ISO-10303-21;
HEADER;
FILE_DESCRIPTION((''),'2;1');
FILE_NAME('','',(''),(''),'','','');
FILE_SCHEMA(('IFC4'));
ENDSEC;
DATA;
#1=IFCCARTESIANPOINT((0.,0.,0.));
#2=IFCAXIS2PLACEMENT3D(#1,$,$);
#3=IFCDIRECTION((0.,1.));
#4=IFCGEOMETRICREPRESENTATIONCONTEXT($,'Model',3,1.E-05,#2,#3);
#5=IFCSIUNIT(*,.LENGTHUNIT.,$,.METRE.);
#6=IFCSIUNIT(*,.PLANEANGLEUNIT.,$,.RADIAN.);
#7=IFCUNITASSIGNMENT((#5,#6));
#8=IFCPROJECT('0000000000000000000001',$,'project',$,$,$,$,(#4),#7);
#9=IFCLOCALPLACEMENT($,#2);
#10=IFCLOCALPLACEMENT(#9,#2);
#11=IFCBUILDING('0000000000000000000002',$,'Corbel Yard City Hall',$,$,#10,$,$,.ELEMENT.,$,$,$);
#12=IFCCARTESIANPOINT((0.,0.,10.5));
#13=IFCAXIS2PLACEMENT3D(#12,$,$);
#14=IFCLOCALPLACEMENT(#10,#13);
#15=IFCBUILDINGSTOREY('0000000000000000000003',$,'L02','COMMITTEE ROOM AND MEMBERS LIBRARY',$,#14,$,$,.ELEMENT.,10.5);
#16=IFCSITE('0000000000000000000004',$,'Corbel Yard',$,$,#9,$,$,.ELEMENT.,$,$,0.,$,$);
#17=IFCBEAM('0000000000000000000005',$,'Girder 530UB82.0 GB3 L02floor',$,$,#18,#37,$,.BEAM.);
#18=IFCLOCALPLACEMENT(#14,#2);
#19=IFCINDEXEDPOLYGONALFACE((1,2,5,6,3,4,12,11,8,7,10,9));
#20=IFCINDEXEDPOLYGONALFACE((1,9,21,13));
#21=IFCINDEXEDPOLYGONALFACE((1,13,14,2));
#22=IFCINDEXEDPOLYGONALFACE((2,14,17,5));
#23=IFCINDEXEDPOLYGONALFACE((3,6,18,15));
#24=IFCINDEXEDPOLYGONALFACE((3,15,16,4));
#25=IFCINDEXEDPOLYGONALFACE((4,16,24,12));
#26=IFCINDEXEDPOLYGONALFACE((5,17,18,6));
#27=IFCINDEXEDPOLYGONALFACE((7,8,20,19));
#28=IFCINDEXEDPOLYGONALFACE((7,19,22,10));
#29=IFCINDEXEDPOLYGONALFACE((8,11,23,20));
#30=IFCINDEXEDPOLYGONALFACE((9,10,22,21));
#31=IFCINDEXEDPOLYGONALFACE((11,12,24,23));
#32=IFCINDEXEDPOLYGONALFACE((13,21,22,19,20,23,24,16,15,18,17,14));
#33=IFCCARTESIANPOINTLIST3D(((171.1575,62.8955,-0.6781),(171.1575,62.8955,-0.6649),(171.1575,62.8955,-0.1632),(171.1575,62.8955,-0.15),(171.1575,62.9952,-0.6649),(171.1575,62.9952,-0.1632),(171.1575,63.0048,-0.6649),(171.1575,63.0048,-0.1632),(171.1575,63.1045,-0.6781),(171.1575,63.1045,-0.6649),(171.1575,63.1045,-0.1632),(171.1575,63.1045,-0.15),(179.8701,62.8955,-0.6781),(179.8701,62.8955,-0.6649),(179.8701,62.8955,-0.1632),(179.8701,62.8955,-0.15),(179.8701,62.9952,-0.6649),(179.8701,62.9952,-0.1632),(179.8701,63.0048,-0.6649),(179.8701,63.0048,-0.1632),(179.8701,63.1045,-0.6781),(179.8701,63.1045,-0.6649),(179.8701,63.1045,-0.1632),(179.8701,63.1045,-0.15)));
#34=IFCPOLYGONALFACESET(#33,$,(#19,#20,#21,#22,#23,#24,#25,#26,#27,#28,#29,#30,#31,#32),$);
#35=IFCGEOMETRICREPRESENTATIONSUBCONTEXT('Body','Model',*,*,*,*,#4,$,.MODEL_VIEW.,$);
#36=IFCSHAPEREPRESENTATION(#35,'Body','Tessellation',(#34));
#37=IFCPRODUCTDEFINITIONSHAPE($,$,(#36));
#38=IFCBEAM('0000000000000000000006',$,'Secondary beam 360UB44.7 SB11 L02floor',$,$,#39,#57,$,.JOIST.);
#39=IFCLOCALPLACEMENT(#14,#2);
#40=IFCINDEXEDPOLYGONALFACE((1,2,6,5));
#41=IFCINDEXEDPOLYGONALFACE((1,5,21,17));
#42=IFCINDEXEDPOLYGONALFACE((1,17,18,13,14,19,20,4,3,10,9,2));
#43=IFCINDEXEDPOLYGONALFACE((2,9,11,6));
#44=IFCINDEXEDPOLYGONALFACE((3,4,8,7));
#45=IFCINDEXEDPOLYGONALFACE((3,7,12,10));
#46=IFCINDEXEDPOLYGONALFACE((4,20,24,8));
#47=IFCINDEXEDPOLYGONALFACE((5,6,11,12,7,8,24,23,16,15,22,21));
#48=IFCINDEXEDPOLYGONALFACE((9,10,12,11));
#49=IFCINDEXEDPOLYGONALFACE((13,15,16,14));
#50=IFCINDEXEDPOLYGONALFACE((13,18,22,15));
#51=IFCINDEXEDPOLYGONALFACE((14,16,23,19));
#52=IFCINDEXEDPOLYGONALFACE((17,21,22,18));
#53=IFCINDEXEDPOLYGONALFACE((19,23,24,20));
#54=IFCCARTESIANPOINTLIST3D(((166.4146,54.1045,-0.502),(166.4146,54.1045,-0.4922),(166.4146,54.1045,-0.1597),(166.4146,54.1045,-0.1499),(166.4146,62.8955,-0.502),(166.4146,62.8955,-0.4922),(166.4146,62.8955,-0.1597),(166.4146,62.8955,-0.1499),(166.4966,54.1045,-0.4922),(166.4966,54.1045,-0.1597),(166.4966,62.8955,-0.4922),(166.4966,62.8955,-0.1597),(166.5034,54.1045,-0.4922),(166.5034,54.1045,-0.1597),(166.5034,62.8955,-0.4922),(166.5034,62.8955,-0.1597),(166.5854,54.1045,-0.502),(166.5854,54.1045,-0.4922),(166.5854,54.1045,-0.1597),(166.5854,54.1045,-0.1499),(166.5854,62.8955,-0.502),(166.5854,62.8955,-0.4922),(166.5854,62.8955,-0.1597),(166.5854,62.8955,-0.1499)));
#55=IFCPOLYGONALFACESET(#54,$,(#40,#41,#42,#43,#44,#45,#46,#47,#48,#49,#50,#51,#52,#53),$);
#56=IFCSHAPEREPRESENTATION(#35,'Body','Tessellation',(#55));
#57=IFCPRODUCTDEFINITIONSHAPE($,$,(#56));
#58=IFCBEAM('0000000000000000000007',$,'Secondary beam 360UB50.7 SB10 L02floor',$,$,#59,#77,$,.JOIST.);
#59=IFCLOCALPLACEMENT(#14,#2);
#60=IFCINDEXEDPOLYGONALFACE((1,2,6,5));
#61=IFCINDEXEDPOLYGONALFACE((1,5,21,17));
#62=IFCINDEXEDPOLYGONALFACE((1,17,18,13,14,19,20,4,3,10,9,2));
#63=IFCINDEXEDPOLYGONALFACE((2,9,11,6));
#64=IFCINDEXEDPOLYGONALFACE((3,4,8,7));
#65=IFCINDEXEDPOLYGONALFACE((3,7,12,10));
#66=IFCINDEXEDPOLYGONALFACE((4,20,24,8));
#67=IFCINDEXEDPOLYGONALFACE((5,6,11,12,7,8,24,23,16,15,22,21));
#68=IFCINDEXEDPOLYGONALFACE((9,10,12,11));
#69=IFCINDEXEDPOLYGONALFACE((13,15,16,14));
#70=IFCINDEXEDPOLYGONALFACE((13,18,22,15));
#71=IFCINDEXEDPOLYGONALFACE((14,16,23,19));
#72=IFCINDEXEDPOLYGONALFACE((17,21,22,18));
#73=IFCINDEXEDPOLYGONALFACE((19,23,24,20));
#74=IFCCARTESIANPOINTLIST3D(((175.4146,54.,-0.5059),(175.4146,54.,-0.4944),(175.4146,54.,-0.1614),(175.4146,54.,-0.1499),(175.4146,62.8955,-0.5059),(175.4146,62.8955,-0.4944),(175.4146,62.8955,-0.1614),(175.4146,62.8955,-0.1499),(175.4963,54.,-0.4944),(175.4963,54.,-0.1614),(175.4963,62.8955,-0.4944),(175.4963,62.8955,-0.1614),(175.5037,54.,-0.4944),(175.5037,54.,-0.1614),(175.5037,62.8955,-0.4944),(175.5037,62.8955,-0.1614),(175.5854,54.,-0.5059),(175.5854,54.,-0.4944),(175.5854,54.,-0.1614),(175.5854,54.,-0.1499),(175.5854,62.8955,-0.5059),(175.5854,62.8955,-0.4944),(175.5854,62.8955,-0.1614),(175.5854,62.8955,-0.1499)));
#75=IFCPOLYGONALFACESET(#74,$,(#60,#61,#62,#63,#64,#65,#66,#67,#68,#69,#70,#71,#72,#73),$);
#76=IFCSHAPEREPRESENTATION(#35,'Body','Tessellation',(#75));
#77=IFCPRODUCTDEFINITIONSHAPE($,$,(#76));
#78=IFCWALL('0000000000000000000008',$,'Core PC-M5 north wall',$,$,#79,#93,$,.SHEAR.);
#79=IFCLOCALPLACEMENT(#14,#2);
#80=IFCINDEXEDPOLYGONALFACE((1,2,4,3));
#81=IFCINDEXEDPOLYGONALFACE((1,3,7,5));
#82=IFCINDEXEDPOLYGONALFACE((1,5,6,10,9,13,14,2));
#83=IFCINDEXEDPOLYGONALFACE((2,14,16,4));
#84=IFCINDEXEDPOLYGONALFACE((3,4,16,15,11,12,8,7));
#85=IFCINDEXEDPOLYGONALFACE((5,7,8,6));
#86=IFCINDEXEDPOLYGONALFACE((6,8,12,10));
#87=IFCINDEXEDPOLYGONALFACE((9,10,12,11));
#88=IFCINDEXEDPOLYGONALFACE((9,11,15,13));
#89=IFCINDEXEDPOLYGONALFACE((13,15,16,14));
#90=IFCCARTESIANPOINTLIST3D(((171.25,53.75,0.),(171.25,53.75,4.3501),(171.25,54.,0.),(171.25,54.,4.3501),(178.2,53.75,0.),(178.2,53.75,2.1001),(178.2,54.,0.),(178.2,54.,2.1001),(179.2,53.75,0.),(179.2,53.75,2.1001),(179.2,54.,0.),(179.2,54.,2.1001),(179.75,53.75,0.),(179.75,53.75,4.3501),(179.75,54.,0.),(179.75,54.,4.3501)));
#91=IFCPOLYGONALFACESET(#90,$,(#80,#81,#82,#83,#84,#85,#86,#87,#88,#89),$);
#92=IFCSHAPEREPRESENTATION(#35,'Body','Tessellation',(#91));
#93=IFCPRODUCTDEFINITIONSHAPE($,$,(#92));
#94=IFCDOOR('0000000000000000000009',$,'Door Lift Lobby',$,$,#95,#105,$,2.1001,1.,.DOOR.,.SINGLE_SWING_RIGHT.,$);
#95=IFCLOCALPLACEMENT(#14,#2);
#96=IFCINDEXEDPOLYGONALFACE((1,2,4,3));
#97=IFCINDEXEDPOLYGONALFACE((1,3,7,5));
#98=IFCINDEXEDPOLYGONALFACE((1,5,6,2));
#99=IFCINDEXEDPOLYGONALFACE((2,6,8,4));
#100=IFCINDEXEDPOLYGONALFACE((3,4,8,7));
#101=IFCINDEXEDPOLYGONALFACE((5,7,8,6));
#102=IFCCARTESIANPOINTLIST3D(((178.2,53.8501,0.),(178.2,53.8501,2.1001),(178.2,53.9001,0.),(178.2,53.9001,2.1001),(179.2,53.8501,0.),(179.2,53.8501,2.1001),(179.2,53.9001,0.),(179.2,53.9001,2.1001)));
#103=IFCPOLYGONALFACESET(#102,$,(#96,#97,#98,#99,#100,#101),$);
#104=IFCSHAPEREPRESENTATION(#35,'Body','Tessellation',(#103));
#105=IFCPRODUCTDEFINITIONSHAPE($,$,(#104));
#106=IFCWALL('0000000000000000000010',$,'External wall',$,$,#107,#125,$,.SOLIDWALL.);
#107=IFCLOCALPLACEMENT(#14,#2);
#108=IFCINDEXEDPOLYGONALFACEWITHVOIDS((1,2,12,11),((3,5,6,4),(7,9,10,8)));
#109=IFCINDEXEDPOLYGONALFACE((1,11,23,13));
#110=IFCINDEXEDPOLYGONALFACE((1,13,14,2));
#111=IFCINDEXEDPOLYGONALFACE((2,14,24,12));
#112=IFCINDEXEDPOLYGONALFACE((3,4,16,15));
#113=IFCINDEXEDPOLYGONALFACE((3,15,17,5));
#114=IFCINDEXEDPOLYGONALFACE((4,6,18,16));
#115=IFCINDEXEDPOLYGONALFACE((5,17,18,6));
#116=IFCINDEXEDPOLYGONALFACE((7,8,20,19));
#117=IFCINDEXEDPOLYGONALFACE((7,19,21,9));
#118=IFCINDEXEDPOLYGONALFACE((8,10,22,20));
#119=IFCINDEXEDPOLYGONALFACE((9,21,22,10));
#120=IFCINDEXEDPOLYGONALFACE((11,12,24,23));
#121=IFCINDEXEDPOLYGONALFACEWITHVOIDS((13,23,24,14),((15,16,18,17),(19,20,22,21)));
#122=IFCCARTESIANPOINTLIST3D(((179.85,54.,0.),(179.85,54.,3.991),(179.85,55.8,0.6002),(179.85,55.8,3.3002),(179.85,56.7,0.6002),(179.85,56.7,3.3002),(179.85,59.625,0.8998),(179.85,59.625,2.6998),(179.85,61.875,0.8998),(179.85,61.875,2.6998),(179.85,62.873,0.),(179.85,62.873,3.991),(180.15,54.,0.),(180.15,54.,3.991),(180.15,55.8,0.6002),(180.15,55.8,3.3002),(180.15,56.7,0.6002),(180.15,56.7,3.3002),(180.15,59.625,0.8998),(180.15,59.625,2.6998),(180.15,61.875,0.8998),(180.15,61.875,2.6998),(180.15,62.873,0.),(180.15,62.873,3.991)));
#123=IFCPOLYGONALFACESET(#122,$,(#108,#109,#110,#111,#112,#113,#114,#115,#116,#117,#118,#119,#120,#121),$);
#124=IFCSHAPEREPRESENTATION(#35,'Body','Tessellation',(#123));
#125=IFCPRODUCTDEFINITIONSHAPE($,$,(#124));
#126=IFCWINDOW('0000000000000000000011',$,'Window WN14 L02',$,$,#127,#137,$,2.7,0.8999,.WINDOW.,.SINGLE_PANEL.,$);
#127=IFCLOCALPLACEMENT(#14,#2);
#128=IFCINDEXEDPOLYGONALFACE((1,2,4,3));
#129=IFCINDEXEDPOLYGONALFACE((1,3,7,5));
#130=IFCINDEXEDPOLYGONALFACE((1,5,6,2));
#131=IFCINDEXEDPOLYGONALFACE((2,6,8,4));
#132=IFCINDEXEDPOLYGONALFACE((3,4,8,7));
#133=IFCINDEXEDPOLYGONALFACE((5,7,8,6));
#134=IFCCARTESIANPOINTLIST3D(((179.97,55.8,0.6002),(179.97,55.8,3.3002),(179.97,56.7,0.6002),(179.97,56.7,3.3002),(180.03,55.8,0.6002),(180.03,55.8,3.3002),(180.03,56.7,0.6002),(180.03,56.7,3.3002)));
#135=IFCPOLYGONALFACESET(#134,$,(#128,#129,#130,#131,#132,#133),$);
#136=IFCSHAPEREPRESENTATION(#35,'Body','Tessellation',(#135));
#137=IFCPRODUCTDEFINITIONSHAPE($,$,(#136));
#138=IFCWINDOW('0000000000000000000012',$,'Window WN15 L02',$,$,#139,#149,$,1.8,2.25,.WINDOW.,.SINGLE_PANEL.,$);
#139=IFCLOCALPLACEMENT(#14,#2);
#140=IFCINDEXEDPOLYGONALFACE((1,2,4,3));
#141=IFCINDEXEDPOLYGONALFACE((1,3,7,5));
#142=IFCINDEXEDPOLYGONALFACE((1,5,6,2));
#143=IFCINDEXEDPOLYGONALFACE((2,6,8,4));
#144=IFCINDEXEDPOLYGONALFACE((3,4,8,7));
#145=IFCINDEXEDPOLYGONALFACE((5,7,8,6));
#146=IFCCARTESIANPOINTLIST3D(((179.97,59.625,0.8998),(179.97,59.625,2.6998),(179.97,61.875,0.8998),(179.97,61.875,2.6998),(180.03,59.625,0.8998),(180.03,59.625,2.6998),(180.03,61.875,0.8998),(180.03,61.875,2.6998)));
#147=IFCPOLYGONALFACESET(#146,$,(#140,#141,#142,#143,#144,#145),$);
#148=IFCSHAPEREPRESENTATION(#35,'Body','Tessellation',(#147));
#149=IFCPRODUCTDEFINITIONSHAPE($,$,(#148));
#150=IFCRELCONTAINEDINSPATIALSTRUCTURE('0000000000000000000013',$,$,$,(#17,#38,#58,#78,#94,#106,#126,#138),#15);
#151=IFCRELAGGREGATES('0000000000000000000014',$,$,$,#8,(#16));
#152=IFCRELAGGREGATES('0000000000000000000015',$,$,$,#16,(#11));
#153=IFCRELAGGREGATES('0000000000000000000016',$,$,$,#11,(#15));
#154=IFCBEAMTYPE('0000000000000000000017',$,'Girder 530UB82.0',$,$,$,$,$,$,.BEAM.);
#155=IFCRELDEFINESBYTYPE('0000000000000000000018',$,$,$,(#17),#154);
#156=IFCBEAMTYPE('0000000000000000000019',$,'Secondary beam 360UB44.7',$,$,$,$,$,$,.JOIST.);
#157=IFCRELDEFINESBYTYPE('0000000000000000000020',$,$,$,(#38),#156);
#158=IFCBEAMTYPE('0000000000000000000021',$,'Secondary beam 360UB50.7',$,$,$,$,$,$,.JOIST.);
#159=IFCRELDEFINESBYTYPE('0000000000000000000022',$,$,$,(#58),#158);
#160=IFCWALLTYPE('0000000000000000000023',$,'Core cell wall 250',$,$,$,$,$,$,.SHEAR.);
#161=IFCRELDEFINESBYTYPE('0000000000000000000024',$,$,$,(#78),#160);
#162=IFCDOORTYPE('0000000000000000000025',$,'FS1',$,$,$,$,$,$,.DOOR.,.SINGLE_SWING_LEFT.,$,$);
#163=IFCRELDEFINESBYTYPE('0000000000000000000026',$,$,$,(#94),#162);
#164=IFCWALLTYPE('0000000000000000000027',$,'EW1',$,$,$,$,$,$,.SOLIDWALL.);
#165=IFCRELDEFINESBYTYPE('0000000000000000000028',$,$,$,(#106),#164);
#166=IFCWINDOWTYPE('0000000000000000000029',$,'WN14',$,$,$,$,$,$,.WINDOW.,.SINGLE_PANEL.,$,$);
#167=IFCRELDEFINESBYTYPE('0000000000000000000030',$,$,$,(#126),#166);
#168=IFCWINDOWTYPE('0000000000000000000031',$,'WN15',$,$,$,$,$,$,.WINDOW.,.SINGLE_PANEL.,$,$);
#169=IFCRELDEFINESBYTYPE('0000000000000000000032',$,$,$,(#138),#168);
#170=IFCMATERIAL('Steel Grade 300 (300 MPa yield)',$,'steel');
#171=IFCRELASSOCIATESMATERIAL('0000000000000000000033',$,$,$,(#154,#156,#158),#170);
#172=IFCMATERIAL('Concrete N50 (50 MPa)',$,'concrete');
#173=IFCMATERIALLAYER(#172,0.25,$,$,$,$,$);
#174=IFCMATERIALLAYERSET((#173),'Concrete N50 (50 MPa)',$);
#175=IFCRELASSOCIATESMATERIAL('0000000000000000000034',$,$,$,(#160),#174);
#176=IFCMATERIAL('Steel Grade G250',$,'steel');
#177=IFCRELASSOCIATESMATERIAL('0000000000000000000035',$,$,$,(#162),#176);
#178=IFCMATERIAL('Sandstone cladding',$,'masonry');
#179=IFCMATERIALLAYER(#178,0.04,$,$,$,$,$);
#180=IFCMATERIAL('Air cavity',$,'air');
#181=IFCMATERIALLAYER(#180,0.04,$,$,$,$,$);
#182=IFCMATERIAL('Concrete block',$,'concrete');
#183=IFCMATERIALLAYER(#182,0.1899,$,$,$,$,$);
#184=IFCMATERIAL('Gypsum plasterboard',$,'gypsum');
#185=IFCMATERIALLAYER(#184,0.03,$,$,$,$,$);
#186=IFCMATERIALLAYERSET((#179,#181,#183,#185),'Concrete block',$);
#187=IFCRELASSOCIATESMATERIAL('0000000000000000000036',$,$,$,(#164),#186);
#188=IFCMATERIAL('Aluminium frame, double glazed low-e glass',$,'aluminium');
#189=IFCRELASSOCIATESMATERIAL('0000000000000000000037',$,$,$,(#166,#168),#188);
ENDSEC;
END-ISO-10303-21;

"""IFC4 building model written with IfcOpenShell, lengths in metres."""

from ifc_helpers import new_model, si_unit, direction, frame, frame_2d, origin, origin_2d, place, context, subcontext, project, spatial, rectangle, i_section, extrude, material, layer, layer_set, material_profile, profile_set, type_object, element, fill, save


model = new_model("IFC4")

# Units and contexts
model_context = context("Model", 3, precision=1e-05, world=origin(), true_north=direction((0.0, 1.0)))
body_context = subcontext(model_context, "Body", "Model", "MODEL_VIEW")
ifc_project = project(units=[si_unit("LENGTHUNIT", "METRE"), si_unit("PLANEANGLEUNIT", "RADIAN")], contexts=[model_context])

# Site, building, storey
site_placement = place(None, origin())
site = spatial("IfcSite", under=ifc_project, at=site_placement, Name="Corbel Yard", CompositionType="ELEMENT", RefElevation=0.0)
building_placement = place(site_placement, origin())
building = spatial("IfcBuilding", under=site, at=building_placement, Name="Corbel Yard City Hall", CompositionType="ELEMENT")
storey_placement = place(building_placement, frame((0.0, 0.0, 10.5)))
storey = spatial("IfcBuildingStorey", under=building, at=storey_placement, Name="L02", Description="COMMITTEE ROOM AND MEMBERS LIBRARY", CompositionType="ELEMENT", Elevation=10.5)

# Shared definitions
ifc_material_1 = material(Name="Steel Grade 300 (300 MPa yield)", Category="steel")

# Beams
ifc_material_profile_1 = material_profile(ifc_material_1, i_section(OverallWidth=0.209, OverallDepth=0.5281, WebThickness=0.0095, FlangeThickness=0.0132, at=origin_2d()), Name="530UB82.0")
ifc_profile_set_1 = profile_set([ifc_material_profile_1], Name="Steel Grade 300 (300 MPa yield)")
beam_type_1 = type_object("IfcBeamType", Name="Girder 530UB82.0", PredefinedType="BEAM", material=ifc_profile_set_1)
beam_1_placement = place(storey_placement, frame((171.1575, 63.0, -0.4141), z_axis=(1.0, 0.0, 0.0), x_axis=(0.0, 1.0, 0.0)))
element("IfcBeam", 1, at=beam_1_placement, inside=storey, type_object=beam_type_1, Name="Girder 530UB82.0 GB3 L02floor", PredefinedType="BEAM", context=body_context, shape_type="SweptSolid", body=[
    extrude(i_section(OverallWidth=0.209, OverallDepth=0.5281, WebThickness=0.0095, FlangeThickness=0.0132, at=origin_2d()), origin(), (0.0, 0.0, 1.0), 8.7126),
])
ifc_material_profile_2 = material_profile(ifc_material_1, i_section(OverallWidth=0.1709, OverallDepth=0.3521, WebThickness=0.0068, FlangeThickness=0.0098, at=origin_2d()), Name="360UB44.7")
ifc_profile_set_2 = profile_set([ifc_material_profile_2], Name="Steel Grade 300 (300 MPa yield)")
beam_type_2 = type_object("IfcBeamType", Name="Secondary beam 360UB44.7", PredefinedType="JOIST", material=ifc_profile_set_2)
beam_2_placement = place(storey_placement, frame((166.5, 54.1045, -0.3259), z_axis=(0.0, 1.0, 0.0), x_axis=(-1.0, 0.0, 0.0)))
element("IfcBeam", 2, at=beam_2_placement, inside=storey, type_object=beam_type_2, Name="Secondary beam 360UB44.7 SB11 L02floor", PredefinedType="JOIST", context=body_context, shape_type="SweptSolid", body=[
    extrude(i_section(OverallWidth=0.1709, OverallDepth=0.3521, WebThickness=0.0068, FlangeThickness=0.0098, at=origin_2d()), origin(), (0.0, 0.0, 1.0), 8.791),
])
ifc_material_profile_3 = material_profile(ifc_material_1, i_section(OverallWidth=0.1709, OverallDepth=0.356, WebThickness=0.0073, FlangeThickness=0.0115, at=origin_2d()), Name="360UB50.7")
ifc_profile_set_3 = profile_set([ifc_material_profile_3], Name="Steel Grade 300 (300 MPa yield)")
beam_type_3 = type_object("IfcBeamType", Name="Secondary beam 360UB50.7", PredefinedType="JOIST", material=ifc_profile_set_3)
beam_3_placement = place(storey_placement, frame((175.5, 54.0, -0.3279), z_axis=(0.0, 1.0, 0.0), x_axis=(-1.0, 0.0, 0.0)))
element("IfcBeam", 3, at=beam_3_placement, inside=storey, type_object=beam_type_3, Name="Secondary beam 360UB50.7 SB10 L02floor", PredefinedType="JOIST", context=body_context, shape_type="SweptSolid", body=[
    extrude(i_section(OverallWidth=0.1709, OverallDepth=0.356, WebThickness=0.0073, FlangeThickness=0.0115, at=origin_2d()), origin(), (0.0, 0.0, 1.0), 8.8955),
])

# Wall, opening, door
ifc_material_2 = material(Name="Concrete N50 (50 MPa)", Category="concrete")
ifc_layer_1 = layer(ifc_material_2, 0.25)
ifc_layer_set_1 = layer_set([ifc_layer_1], Name="Concrete N50 (50 MPa)")
wall_type_1 = type_object("IfcWallType", Name="Core cell wall 250", PredefinedType="SHEAR", material=ifc_layer_set_1)
wall_1_placement = place(storey_placement, frame((171.25, 53.875, 0.0), z_axis=(0.0, 0.0, 1.0), x_axis=(1.0, 0.0, 0.0)))
wall_1 = element("IfcWall", 4, at=wall_1_placement, inside=storey, type_object=wall_type_1, Name="Core PC-M5 north wall", PredefinedType="SHEAR", context=body_context, shape_type="SweptSolid", body=[
    extrude(rectangle(XDim=8.5, YDim=0.25, at=frame_2d((4.25, 0.0))), origin(), (0.0, 0.0, 1.0), 4.3501),
])
opening_1_placement = place(wall_1_placement, frame((6.95, 0.0, 0.0)))
opening_1 = element("IfcOpeningElement", 5, at=opening_1_placement, cuts=wall_1, PredefinedType="OPENING", context=body_context, shape_type="SweptSolid", body=[
    extrude(rectangle(XDim=1.0, YDim=2.1001, at=frame_2d((0.5, 1.05))), frame((0.0, 0.135, 0.0), z_axis=(0.0, -1.0, 0.0), x_axis=(1.0, 0.0, 0.0)), (0.0, 0.0, 1.0), 0.27),
])
ifc_material_3 = material(Name="Steel Grade G250", Category="steel")
door_type_1 = type_object("IfcDoorType", Name="FS1", OperationType="SINGLE_SWING_LEFT", PredefinedType="DOOR", material=ifc_material_3)
door_1_placement = place(opening_1_placement, frame((1.0, 0.0, 0.0), z_axis=(0.0, 0.0, 1.0), x_axis=(-1.0, 0.0, 0.0)))
door_1 = element("IfcDoor", 6, at=door_1_placement, inside=storey, type_object=door_type_1, Name="Door Lift Lobby", OperationType="SINGLE_SWING_RIGHT", OverallHeight=2.1001, OverallWidth=1.0, PredefinedType="DOOR", context=body_context, shape_type="SweptSolid", body=[
    extrude(rectangle(XDim=1.0, YDim=2.1001, at=frame_2d((0.5, 1.05))), frame((0.0, 0.0249, 0.0), z_axis=(0.0, -1.0, 0.0), x_axis=(1.0, 0.0, 0.0)), (0.0, 0.0, 1.0), 0.05),
])
fill(opening_1, door_1)

# Wall, openings, windows
ifc_material_4 = material(Name="Sandstone cladding", Category="masonry")
ifc_layer_2 = layer(ifc_material_4, 0.04)
ifc_material_5 = material(Name="Air cavity", Category="air")
ifc_layer_3 = layer(ifc_material_5, 0.04)
ifc_material_6 = material(Name="Concrete block", Category="concrete")
ifc_layer_4 = layer(ifc_material_6, 0.1899)
ifc_material_7 = material(Name="Gypsum plasterboard", Category="gypsum")
ifc_layer_5 = layer(ifc_material_7, 0.03)
ifc_layer_set_2 = layer_set([ifc_layer_2, ifc_layer_3, ifc_layer_4, ifc_layer_5], Name="Concrete block")
wall_type_2 = type_object("IfcWallType", Name="EW1", PredefinedType="SOLIDWALL", material=ifc_layer_set_2)
wall_2_placement = place(storey_placement, frame((180.0, 54.0, 0.0), z_axis=(0.0, 0.0, 1.0), x_axis=(0.0, 1.0, 0.0)))
wall_2 = element("IfcWall", 7, at=wall_2_placement, inside=storey, type_object=wall_type_2, Name="External wall", PredefinedType="SOLIDWALL", context=body_context, shape_type="SweptSolid", body=[
    extrude(rectangle(XDim=8.873, YDim=0.3, at=frame_2d((4.4365, 0.0))), origin(), (0.0, 0.0, 1.0), 3.991),
])
opening_2_placement = place(wall_2_placement, frame((1.8, 0.0, 0.6001)))
opening_2 = element("IfcOpeningElement", 8, at=opening_2_placement, cuts=wall_2, PredefinedType="OPENING", context=body_context, shape_type="SweptSolid", body=[
    extrude(rectangle(XDim=0.8999, YDim=2.7, at=frame_2d((0.45, 1.3501))), frame((0.0, 0.1599, 0.0), z_axis=(0.0, -1.0, 0.0), x_axis=(1.0, 0.0, 0.0)), (0.0, 0.0, 1.0), 0.3201),
])
opening_3_placement = place(wall_2_placement, frame((5.625, 0.0, 0.8999)))
opening_3 = element("IfcOpeningElement", 9, at=opening_3_placement, cuts=wall_2, PredefinedType="OPENING", context=body_context, shape_type="SweptSolid", body=[
    extrude(rectangle(XDim=2.25, YDim=1.8, at=frame_2d((1.125, 0.8999))), frame((0.0, 0.1599, 0.0), z_axis=(0.0, -1.0, 0.0), x_axis=(1.0, 0.0, 0.0)), (0.0, 0.0, 1.0), 0.3201),
])
ifc_material_8 = material(Name="Aluminium frame, double glazed low-e glass", Category="aluminium")
window_type_1 = type_object("IfcWindowType", Name="WN14", PartitioningType="SINGLE_PANEL", PredefinedType="WINDOW", material=ifc_material_8)
window_1_placement = place(opening_2_placement, origin())
window_1 = element("IfcWindow", 10, at=window_1_placement, inside=storey, type_object=window_type_1, Name="Window WN14 L02", OverallHeight=2.7, OverallWidth=0.8999, PartitioningType="SINGLE_PANEL", PredefinedType="WINDOW", context=body_context, shape_type="SweptSolid", body=[
    extrude(rectangle(XDim=0.8999, YDim=2.7, at=frame_2d((0.45, 1.3501))), frame((0.0, 0.03, 0.0), z_axis=(0.0, -1.0, 0.0), x_axis=(1.0, 0.0, 0.0)), (0.0, 0.0, 1.0), 0.0601),
])
fill(opening_2, window_1)
window_type_2 = type_object("IfcWindowType", Name="WN15", PartitioningType="SINGLE_PANEL", PredefinedType="WINDOW", material=ifc_material_8)
window_2_placement = place(opening_3_placement, origin())
window_2 = element("IfcWindow", 11, at=window_2_placement, inside=storey, type_object=window_type_2, Name="Window WN15 L02", OverallHeight=1.8, OverallWidth=2.25, PartitioningType="SINGLE_PANEL", PredefinedType="WINDOW", context=body_context, shape_type="SweptSolid", body=[
    extrude(rectangle(XDim=2.25, YDim=1.8, at=frame_2d((1.125, 0.8999))), frame((0.0, 0.03, 0.0), z_axis=(0.0, -1.0, 0.0), x_axis=(1.0, 0.0, 0.0)), (0.0, 0.0, 1.0), 0.0601),
])
fill(opening_3, window_2)

save(model, "model.ifc")
